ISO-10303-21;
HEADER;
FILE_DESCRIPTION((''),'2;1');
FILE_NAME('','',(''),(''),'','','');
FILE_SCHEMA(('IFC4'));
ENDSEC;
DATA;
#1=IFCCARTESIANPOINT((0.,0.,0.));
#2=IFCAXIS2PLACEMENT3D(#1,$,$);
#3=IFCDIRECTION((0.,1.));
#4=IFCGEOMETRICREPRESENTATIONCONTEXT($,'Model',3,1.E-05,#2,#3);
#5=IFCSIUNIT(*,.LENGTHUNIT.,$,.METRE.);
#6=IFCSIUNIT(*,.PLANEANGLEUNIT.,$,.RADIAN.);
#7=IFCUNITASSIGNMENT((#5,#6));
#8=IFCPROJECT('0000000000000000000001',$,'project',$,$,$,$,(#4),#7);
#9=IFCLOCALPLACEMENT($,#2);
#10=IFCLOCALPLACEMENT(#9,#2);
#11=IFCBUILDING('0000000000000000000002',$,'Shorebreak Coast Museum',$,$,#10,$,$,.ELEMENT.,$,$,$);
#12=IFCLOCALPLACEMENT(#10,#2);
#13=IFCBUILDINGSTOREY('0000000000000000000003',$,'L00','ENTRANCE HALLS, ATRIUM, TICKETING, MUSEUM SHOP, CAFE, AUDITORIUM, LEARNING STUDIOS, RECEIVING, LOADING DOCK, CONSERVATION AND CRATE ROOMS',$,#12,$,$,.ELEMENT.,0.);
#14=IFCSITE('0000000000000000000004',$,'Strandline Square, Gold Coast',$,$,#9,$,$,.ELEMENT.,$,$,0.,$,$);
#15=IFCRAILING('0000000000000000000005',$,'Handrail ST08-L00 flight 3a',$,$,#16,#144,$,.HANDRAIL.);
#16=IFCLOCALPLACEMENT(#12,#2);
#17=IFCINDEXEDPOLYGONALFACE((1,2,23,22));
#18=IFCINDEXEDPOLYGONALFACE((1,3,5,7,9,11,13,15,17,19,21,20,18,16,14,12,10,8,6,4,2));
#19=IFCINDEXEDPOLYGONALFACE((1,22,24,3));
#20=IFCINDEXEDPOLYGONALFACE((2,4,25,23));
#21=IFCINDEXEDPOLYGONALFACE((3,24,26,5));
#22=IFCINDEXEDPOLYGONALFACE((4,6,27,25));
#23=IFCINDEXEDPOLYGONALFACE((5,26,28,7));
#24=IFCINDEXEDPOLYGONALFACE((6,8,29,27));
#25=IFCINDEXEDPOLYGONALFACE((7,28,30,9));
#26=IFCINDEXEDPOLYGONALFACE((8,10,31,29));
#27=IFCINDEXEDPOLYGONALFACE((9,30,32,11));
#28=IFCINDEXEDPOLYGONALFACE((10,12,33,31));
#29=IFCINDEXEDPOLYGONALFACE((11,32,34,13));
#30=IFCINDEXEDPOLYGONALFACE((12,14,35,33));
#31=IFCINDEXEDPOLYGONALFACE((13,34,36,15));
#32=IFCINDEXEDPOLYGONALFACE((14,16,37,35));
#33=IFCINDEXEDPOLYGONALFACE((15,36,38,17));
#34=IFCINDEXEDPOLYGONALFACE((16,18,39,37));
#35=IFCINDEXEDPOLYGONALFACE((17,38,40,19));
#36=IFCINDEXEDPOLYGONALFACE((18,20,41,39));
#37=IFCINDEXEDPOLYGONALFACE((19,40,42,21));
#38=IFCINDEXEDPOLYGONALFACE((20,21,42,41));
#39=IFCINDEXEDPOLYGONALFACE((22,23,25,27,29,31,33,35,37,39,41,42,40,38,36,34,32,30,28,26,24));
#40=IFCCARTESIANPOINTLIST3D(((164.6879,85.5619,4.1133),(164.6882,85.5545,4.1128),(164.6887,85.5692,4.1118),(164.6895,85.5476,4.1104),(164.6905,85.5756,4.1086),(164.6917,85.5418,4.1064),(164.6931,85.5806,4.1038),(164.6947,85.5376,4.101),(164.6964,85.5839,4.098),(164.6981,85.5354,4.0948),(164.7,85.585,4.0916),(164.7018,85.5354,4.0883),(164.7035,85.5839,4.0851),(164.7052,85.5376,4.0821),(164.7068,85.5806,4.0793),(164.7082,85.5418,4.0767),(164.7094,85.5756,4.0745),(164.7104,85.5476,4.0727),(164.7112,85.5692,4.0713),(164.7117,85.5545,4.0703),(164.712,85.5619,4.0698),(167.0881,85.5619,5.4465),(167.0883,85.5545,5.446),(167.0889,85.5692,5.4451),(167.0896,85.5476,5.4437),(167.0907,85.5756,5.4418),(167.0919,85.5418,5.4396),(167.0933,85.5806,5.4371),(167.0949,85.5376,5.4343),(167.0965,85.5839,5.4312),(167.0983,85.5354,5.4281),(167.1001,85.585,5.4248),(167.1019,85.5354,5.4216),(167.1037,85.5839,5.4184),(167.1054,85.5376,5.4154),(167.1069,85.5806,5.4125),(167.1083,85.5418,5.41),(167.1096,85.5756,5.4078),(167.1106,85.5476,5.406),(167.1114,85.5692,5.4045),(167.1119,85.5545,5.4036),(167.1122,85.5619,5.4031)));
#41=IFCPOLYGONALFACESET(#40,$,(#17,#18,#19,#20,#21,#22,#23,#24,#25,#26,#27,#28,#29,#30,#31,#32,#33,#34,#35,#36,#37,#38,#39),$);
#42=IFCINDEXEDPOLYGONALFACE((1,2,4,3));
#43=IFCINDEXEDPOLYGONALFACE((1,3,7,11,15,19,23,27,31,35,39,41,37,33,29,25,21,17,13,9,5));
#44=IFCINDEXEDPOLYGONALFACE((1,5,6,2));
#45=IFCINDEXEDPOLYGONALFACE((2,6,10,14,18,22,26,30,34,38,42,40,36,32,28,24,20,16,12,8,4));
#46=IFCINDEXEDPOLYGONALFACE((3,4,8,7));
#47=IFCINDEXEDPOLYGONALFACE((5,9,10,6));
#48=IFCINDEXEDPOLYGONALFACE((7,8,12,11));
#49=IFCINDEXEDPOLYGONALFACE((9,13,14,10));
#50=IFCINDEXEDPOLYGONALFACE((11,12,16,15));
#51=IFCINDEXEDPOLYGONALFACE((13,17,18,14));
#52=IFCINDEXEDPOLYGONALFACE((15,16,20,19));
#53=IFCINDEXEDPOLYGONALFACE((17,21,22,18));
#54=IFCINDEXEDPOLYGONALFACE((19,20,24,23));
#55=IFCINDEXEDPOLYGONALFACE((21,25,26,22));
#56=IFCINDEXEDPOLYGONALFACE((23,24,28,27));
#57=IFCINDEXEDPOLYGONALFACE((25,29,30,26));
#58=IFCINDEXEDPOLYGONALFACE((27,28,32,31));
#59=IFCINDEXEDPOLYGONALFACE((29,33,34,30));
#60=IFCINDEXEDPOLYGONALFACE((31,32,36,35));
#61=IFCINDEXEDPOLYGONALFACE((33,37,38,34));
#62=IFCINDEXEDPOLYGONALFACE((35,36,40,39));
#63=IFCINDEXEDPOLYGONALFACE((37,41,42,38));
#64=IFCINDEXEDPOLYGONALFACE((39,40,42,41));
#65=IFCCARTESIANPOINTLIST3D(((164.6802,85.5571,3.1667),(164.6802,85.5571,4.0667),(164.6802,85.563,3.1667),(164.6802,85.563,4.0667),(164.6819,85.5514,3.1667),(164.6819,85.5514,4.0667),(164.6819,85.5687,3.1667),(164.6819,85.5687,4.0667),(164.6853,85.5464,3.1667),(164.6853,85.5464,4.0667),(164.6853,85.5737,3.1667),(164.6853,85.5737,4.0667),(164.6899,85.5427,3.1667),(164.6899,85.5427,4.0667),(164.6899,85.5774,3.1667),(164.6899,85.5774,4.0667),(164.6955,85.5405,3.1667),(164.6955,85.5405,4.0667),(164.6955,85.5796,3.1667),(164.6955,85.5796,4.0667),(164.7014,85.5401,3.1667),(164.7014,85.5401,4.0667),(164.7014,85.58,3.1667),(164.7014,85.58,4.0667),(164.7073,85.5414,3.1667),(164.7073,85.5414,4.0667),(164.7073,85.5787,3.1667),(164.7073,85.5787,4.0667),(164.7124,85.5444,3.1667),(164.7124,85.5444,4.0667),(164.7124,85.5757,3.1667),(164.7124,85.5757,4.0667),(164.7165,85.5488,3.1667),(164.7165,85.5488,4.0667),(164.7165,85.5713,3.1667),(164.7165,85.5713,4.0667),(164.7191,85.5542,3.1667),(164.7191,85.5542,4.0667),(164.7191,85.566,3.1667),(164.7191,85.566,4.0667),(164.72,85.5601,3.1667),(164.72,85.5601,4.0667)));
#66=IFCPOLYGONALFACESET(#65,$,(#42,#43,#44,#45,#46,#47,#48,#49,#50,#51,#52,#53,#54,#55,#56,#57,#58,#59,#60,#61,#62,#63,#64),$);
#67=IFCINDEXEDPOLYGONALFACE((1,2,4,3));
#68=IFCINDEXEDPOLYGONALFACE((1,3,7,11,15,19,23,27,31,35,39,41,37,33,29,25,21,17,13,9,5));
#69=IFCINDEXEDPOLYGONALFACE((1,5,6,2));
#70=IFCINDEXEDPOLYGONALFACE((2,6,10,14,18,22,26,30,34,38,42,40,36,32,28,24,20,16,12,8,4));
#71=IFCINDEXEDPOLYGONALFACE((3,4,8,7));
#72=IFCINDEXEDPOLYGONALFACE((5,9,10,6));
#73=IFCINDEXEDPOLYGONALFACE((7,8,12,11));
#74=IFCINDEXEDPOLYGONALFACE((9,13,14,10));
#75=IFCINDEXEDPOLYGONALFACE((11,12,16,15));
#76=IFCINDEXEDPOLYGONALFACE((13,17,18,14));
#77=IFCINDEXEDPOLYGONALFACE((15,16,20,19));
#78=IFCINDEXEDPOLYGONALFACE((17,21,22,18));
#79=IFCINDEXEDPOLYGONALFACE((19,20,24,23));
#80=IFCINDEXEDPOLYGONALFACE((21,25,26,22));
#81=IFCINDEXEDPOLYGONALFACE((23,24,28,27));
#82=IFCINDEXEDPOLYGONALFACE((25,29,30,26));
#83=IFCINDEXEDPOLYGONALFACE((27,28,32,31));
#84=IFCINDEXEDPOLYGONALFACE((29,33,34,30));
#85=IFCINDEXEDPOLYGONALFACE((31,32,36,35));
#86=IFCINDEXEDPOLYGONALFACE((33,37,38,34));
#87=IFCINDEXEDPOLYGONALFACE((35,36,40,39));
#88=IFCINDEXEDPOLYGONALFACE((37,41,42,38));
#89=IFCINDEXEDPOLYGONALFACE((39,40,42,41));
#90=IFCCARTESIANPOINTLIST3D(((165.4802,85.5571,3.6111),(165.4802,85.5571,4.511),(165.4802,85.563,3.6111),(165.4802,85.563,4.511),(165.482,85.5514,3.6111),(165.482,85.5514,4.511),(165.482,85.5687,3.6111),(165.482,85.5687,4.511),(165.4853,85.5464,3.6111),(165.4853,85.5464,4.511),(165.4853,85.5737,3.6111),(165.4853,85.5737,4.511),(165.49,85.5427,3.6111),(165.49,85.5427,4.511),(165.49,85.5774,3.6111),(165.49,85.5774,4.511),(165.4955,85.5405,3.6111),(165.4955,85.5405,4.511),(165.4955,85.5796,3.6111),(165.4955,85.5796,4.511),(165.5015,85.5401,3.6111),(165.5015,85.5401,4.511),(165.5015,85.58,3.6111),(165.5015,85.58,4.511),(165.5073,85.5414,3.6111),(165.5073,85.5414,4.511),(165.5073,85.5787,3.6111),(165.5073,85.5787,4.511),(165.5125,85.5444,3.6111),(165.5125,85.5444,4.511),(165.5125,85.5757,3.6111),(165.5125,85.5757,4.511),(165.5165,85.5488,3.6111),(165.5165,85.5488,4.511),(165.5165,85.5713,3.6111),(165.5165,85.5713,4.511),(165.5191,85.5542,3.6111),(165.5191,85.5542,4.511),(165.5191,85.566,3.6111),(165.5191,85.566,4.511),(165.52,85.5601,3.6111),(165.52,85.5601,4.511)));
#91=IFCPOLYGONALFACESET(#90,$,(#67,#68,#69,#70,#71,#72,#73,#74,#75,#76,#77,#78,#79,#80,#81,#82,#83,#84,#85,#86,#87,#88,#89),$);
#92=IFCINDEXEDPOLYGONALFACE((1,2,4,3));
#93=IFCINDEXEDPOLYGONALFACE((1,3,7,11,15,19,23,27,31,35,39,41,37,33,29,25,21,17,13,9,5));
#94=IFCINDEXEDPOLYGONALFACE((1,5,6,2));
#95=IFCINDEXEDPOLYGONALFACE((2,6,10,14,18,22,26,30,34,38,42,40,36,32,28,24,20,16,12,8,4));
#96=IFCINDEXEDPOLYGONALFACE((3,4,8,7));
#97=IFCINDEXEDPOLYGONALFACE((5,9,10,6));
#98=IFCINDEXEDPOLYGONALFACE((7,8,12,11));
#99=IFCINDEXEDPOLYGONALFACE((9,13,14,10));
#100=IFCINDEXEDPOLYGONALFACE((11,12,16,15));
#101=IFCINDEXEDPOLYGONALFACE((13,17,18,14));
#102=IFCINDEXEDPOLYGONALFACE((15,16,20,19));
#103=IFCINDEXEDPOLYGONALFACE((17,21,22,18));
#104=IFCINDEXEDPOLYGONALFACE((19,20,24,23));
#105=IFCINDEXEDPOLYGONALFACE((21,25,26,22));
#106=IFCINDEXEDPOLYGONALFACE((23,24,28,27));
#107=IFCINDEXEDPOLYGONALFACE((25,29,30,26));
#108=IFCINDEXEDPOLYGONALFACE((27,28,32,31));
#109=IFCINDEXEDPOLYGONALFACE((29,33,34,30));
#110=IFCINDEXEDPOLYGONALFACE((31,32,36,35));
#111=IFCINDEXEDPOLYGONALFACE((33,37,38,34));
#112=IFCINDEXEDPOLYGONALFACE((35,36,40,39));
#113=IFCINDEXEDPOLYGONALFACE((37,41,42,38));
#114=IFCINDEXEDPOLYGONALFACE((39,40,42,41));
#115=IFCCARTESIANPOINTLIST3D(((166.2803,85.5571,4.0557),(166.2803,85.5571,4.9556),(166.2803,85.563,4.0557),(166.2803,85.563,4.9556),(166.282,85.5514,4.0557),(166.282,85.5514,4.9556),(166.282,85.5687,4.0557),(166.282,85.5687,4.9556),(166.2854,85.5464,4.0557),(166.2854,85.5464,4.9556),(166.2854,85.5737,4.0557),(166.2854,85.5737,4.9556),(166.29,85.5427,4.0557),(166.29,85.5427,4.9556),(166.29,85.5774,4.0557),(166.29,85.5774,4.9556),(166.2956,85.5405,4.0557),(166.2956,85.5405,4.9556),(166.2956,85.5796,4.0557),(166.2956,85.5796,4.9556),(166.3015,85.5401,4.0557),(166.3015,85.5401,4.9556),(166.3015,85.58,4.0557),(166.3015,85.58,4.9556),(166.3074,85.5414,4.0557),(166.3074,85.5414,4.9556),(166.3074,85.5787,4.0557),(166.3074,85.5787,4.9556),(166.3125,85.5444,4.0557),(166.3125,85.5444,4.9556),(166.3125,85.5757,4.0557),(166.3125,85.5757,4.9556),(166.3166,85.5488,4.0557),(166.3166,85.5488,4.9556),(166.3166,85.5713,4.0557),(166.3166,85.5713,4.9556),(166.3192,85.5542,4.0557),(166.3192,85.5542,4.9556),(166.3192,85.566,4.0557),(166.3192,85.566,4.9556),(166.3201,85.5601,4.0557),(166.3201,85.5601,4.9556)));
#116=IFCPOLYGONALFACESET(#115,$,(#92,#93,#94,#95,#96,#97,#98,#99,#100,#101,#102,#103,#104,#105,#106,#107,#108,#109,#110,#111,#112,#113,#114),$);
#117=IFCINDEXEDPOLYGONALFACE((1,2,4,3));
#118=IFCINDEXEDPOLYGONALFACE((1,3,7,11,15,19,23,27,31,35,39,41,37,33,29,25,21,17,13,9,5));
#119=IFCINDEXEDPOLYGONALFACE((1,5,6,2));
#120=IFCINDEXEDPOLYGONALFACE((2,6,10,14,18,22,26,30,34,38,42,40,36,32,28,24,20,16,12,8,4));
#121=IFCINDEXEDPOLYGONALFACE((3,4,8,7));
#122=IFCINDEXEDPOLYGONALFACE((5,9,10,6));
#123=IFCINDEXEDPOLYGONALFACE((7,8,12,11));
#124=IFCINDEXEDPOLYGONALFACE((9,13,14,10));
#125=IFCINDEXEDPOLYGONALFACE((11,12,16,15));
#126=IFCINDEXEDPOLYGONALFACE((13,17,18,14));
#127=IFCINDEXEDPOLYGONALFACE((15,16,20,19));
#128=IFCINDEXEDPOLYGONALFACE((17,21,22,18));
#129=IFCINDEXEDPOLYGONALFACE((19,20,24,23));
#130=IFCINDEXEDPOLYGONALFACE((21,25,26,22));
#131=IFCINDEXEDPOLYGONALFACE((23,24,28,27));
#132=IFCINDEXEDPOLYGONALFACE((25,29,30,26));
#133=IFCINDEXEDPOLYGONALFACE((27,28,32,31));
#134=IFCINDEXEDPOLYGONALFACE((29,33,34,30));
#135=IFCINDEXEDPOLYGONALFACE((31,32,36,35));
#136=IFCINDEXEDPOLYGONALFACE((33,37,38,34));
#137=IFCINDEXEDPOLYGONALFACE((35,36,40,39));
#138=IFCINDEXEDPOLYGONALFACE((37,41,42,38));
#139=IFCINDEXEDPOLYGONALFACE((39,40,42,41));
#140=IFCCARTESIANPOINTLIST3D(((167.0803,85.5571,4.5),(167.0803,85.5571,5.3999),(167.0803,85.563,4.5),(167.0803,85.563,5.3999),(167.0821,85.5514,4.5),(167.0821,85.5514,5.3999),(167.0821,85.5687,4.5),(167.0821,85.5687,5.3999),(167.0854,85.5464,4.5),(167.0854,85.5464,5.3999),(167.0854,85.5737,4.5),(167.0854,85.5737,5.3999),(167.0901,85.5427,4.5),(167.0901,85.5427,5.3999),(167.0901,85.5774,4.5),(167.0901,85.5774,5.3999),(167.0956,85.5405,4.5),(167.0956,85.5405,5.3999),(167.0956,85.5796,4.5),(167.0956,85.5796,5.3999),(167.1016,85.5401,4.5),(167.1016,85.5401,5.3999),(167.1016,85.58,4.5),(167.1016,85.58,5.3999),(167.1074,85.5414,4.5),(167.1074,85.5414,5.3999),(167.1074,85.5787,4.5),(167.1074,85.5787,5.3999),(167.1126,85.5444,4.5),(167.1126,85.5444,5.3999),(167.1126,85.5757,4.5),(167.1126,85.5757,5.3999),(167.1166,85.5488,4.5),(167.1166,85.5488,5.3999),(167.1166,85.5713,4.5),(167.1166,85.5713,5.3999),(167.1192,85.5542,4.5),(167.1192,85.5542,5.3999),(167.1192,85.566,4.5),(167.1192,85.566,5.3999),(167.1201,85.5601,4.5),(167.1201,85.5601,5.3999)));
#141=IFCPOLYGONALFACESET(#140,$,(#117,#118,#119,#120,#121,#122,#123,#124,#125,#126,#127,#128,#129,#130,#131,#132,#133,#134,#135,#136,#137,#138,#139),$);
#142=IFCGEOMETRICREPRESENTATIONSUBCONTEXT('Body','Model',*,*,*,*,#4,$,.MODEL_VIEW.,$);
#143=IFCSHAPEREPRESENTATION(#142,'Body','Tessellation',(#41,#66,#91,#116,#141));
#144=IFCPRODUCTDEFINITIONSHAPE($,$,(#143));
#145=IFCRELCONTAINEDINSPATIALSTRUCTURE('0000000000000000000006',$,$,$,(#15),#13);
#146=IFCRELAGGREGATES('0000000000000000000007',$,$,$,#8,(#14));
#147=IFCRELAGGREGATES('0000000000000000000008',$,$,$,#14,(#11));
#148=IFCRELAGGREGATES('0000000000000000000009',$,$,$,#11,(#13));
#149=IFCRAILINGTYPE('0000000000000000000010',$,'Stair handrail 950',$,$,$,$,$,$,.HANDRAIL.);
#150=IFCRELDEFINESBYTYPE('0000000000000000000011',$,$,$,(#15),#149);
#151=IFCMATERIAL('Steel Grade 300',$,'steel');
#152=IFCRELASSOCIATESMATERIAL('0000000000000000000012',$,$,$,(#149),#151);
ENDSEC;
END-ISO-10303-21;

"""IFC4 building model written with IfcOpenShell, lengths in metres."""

from ifc_helpers import new_model, si_unit, direction, frame, origin, origin_2d, place, context, subcontext, project, spatial, circle, extrude, material, type_object, element, save


model = new_model("IFC4")

# Units and contexts
model_context = context("Model", 3, precision=1e-05, world=origin(), true_north=direction((0.0, 1.0)))
body_context = subcontext(model_context, "Body", "Model", "MODEL_VIEW")
ifc_project = project(units=[si_unit("LENGTHUNIT", "METRE"), si_unit("PLANEANGLEUNIT", "RADIAN")], contexts=[model_context])

# Site, building, storey
site_placement = place(None, origin())
site = spatial("IfcSite", under=ifc_project, at=site_placement, Name="Strandline Square, Gold Coast", CompositionType="ELEMENT", RefElevation=0.0)
building_placement = place(site_placement, origin())
building = spatial("IfcBuilding", under=site, at=building_placement, Name="Shorebreak Coast Museum", CompositionType="ELEMENT")
storey_placement = place(building_placement, origin())
storey = spatial("IfcBuildingStorey", under=building, at=storey_placement, Name="L00", Description="ENTRANCE HALLS, ATRIUM, TICKETING, MUSEUM SHOP, CAFE, AUDITORIUM, LEARNING STUDIOS, RECEIVING, LOADING DOCK, CONSERVATION AND CRATE ROOMS", CompositionType="ELEMENT", Elevation=0.0)

# Railing
ifc_material_1 = material(Name="Steel Grade 300", Category="steel")
railing_type_1 = type_object("IfcRailingType", Name="Stair handrail 950", PredefinedType="HANDRAIL", material=ifc_material_1)
for number, where, name in (
    (1, (164.7, 85.5601, 3.1667), "Handrail ST08-L00 flight 3a"),
):
    element("IfcRailing", number, at=place(storey_placement, frame(where)), inside=storey, type_object=railing_type_1, Name=name, PredefinedType="HANDRAIL", context=body_context, shape_type="SweptSolid", body=[
        extrude(circle(Radius=0.0249, at=origin_2d()), frame((0.0, 0.0, 0.9248), z_axis=(0.874182, 0.0, 0.485598), x_axis=(0.0, 1.0, 0.0)), (0.0, 0.0, 1.0), 2.7456),
        extrude(circle(Radius=0.02, at=origin_2d()), origin(), (0.0, 0.0, 1.0), 0.8999),
        extrude(circle(Radius=0.02, at=origin_2d()), frame((0.8, 0.0, 0.4443)), (0.0, 0.0, 1.0), 0.8999),
        extrude(circle(Radius=0.02, at=origin_2d()), frame((1.6001, 0.0, 0.8889)), (0.0, 0.0, 1.0), 0.8999),
        extrude(circle(Radius=0.02, at=origin_2d()), frame((2.4001, 0.0, 1.3333)), (0.0, 0.0, 1.0), 0.8999),
    ])

save(model, "model.ifc")
